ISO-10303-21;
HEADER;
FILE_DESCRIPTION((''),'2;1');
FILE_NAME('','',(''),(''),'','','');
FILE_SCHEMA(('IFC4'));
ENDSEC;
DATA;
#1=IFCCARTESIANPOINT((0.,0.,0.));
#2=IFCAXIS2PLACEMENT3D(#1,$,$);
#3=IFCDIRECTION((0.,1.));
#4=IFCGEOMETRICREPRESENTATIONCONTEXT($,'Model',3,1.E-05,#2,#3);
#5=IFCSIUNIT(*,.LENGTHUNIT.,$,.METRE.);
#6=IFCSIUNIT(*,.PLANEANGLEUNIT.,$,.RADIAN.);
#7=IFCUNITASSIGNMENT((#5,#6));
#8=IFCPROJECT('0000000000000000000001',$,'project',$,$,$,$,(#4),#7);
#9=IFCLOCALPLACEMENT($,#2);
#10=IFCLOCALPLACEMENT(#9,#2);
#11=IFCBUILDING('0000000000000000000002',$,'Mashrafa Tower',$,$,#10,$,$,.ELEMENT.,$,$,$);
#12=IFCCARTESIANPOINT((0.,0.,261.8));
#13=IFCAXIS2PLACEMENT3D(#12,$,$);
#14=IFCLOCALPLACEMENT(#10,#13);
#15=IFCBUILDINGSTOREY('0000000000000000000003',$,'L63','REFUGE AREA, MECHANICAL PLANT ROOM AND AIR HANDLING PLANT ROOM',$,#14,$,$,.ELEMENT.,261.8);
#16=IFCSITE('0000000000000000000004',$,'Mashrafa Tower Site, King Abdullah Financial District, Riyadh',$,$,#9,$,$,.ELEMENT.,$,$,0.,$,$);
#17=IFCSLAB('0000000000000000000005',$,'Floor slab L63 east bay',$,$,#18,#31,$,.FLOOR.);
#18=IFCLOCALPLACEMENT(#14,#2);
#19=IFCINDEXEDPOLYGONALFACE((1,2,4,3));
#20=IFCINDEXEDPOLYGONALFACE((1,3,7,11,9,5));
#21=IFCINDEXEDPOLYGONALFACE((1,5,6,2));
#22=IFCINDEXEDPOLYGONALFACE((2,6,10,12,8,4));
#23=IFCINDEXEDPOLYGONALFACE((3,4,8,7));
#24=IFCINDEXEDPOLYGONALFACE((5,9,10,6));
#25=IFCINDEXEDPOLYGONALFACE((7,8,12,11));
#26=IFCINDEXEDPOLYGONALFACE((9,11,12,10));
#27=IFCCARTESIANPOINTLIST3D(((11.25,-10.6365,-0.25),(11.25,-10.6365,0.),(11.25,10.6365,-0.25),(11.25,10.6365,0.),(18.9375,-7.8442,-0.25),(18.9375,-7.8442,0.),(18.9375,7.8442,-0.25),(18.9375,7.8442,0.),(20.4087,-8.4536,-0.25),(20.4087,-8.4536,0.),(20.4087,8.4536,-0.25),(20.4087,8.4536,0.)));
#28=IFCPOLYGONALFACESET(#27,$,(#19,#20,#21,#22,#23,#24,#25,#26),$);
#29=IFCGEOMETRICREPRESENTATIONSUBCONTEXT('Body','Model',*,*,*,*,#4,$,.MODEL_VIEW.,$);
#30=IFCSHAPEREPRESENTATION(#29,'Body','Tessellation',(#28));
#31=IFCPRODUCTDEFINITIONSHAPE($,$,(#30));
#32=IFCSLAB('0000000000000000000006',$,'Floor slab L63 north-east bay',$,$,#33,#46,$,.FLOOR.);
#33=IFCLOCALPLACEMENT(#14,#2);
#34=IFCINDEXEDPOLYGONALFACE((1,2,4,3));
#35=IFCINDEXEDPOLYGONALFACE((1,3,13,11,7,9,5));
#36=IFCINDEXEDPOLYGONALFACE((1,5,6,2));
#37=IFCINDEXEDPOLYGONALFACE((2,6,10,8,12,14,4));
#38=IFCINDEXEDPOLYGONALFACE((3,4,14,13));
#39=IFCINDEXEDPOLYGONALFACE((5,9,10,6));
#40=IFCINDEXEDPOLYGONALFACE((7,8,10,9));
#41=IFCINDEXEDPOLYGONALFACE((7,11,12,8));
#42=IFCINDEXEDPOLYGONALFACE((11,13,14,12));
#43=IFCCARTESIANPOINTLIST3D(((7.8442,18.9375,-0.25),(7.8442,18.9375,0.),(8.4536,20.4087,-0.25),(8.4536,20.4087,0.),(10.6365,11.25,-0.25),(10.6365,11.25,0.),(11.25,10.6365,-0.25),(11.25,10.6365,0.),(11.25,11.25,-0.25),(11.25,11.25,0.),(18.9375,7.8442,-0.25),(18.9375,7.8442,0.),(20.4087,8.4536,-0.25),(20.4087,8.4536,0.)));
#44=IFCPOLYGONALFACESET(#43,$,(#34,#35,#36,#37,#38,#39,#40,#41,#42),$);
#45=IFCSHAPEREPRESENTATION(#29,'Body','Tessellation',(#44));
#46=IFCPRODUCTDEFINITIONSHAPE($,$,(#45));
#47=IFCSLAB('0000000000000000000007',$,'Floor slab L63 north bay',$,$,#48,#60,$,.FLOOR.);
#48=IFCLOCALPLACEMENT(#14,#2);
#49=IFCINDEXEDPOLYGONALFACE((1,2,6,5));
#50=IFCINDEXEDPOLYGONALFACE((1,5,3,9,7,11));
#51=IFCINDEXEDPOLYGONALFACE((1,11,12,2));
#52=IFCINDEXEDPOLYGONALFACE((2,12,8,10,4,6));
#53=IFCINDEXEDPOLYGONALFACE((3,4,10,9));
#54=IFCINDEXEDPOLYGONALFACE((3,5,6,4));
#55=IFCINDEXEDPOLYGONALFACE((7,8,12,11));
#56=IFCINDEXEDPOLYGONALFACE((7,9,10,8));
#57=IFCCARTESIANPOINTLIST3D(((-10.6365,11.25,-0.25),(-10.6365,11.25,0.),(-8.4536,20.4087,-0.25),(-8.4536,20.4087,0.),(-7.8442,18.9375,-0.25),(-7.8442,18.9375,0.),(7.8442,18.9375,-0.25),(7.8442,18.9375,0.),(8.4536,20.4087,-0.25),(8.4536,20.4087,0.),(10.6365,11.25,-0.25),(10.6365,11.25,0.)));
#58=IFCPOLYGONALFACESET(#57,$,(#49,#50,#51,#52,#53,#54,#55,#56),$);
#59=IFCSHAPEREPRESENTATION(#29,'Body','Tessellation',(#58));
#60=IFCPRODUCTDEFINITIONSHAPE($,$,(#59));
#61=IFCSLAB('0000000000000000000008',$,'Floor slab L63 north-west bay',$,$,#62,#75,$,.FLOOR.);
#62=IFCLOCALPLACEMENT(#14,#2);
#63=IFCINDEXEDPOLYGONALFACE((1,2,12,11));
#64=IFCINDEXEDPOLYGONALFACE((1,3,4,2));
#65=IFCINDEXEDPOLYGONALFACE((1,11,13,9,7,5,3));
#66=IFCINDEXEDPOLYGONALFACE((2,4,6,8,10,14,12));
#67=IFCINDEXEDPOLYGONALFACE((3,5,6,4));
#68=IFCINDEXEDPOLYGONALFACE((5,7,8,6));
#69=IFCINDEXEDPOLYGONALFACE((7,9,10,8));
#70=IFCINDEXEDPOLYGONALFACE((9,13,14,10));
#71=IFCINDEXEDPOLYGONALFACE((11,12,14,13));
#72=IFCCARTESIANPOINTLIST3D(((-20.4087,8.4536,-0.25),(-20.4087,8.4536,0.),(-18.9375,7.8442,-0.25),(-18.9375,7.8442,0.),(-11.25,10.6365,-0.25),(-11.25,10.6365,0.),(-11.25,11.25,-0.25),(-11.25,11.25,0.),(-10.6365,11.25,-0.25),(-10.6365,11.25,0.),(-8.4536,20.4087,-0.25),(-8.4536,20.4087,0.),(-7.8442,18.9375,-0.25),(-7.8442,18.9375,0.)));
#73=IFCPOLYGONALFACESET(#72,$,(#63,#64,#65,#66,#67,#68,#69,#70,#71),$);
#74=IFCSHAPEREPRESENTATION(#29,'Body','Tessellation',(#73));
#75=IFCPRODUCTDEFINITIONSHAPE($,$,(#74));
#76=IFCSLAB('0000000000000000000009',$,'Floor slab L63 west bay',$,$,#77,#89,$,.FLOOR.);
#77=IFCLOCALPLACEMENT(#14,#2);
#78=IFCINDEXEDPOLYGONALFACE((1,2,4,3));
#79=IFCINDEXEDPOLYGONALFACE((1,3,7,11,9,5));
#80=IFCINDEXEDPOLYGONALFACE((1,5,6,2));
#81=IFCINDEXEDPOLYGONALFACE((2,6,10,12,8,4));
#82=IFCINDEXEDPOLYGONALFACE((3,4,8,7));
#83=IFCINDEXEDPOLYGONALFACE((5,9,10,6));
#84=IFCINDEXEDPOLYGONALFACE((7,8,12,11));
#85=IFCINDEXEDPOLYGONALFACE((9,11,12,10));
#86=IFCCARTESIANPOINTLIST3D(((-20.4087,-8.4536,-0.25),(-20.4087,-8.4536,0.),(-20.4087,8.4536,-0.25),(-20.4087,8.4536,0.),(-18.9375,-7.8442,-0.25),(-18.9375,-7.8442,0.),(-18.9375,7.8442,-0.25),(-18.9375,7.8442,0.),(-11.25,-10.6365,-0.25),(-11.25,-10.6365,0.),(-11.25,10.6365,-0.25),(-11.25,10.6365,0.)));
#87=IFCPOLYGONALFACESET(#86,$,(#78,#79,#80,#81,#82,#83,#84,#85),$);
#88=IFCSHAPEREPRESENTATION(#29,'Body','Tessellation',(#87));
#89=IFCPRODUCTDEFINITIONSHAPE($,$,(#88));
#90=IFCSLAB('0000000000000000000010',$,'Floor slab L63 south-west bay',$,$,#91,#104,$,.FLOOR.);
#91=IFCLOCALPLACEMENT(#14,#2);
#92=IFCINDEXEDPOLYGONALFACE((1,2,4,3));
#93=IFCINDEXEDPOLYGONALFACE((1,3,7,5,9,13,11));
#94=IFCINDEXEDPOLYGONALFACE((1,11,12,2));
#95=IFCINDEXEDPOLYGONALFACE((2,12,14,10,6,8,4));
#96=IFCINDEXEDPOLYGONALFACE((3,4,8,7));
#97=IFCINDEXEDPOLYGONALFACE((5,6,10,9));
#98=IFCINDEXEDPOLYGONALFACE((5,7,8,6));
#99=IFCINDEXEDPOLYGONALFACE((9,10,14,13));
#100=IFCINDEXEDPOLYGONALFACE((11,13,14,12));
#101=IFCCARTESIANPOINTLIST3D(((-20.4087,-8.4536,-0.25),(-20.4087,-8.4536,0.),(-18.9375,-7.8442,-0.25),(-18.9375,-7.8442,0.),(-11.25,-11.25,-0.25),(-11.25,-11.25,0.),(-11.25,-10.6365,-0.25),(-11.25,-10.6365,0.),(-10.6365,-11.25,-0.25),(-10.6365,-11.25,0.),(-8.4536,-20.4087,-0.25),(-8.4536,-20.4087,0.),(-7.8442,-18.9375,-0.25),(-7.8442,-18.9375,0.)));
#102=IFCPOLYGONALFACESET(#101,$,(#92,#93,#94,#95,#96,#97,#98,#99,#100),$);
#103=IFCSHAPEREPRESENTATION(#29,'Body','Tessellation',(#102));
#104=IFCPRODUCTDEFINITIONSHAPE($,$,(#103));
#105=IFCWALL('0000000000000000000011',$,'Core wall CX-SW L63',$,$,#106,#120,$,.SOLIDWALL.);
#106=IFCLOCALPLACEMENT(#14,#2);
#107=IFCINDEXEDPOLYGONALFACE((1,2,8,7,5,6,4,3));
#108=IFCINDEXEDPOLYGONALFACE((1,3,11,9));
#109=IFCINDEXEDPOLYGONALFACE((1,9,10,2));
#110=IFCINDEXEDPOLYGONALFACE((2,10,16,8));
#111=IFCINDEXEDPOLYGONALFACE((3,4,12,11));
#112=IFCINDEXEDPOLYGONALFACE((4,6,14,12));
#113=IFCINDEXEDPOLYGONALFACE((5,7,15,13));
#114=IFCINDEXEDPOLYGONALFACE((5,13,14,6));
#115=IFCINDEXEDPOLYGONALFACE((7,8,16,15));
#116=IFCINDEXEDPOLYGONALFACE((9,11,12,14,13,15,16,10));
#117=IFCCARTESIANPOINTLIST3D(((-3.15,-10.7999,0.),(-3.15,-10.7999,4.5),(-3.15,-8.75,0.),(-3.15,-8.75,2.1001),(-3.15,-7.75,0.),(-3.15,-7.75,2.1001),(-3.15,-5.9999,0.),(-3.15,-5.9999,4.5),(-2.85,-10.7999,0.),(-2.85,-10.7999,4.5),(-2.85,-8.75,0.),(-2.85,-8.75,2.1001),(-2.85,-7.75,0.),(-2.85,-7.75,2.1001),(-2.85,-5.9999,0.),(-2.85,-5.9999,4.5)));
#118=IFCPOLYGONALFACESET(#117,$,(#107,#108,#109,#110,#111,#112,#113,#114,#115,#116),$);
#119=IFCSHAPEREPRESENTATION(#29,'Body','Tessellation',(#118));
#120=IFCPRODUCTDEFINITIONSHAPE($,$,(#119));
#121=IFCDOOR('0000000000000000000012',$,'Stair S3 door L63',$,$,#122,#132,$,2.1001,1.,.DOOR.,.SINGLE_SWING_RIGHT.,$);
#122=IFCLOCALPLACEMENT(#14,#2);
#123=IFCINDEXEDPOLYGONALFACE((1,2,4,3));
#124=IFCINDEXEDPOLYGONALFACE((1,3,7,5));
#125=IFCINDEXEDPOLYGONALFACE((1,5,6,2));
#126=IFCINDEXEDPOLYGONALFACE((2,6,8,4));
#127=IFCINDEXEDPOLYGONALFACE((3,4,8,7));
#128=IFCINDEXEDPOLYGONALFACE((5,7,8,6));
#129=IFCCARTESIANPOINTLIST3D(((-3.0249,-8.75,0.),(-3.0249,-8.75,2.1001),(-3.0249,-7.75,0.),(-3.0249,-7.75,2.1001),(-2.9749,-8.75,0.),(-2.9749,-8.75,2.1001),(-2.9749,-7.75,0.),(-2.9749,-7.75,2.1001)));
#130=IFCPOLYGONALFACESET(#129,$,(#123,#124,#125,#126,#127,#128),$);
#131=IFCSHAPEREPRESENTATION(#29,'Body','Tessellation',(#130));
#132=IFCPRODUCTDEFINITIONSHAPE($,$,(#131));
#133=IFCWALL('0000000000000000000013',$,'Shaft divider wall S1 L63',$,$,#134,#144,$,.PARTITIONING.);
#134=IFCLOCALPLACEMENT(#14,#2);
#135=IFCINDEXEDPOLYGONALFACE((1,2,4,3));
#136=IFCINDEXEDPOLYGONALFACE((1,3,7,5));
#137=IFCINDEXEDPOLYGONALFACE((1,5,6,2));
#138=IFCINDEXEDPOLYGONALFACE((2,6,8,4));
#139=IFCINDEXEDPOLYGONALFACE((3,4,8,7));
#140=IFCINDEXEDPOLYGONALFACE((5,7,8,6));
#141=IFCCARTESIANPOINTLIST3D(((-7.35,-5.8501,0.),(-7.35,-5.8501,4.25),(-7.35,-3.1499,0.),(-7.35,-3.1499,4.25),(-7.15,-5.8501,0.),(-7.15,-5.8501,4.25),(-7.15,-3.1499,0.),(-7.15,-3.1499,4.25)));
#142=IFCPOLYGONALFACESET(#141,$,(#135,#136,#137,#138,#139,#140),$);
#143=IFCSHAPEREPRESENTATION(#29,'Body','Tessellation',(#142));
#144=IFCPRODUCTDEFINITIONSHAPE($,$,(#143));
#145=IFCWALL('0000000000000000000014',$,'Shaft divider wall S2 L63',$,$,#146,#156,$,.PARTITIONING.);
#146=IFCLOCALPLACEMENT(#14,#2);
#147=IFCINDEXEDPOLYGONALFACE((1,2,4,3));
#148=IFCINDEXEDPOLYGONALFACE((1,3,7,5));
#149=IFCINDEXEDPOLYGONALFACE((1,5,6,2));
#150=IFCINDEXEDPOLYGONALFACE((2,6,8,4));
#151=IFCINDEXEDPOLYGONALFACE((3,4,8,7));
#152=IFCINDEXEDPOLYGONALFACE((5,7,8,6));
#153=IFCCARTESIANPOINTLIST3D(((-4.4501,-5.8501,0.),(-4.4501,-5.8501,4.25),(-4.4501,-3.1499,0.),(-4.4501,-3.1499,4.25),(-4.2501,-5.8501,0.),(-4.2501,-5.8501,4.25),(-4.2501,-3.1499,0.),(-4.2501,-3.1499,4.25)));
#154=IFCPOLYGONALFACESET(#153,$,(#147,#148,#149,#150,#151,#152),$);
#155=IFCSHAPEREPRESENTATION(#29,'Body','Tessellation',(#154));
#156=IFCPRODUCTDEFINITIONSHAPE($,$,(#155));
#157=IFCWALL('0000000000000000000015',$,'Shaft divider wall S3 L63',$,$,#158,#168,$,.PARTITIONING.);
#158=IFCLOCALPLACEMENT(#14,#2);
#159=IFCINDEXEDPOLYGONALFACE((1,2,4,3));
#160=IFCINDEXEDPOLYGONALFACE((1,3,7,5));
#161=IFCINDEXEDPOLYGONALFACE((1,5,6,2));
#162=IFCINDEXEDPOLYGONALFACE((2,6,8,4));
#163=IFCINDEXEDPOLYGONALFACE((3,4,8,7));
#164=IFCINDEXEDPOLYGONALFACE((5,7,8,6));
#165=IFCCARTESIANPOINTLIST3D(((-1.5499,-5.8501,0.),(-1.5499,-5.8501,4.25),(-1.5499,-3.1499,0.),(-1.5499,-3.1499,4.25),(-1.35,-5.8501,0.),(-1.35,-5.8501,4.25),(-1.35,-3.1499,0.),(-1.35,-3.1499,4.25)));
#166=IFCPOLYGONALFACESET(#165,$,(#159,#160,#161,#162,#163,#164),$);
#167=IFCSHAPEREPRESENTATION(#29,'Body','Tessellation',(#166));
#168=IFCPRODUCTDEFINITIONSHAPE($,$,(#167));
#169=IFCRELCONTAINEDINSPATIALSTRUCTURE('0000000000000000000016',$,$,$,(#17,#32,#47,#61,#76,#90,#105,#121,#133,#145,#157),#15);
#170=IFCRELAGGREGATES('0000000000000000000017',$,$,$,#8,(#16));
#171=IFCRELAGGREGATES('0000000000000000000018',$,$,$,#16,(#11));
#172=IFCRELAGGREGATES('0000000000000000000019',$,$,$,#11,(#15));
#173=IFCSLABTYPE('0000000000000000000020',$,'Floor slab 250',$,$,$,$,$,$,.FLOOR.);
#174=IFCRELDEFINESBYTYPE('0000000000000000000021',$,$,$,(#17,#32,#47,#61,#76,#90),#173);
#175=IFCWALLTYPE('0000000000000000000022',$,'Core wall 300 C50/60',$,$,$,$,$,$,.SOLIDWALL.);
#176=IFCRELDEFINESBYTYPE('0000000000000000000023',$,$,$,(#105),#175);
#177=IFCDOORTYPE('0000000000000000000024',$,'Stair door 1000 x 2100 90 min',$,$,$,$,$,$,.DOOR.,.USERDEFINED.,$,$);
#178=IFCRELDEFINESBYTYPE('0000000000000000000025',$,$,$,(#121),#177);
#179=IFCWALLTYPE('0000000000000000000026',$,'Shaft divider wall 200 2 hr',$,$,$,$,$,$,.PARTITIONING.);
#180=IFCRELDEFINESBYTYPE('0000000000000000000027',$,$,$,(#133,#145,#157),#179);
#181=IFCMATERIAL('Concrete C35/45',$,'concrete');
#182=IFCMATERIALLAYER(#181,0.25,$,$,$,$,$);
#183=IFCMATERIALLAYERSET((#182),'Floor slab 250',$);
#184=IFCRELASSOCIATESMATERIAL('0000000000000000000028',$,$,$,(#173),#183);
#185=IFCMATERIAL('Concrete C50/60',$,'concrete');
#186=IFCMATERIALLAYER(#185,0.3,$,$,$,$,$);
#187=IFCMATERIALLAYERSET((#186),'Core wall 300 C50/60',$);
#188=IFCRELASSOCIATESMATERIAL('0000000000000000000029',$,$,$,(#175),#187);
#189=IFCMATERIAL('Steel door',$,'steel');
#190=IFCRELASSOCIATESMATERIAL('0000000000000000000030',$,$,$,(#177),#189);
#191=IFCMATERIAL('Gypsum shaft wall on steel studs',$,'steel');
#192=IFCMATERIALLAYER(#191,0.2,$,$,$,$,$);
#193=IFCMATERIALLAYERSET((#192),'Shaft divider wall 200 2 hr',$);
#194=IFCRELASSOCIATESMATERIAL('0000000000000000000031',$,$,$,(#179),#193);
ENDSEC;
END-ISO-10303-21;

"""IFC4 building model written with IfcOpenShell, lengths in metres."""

from ifc_helpers import new_model, si_unit, direction, frame, frame_2d, origin, place, context, subcontext, project, spatial, polyline, rectangle, outline, extrude, material, layer, layer_set, type_object, element, fill, save


model = new_model("IFC4")

# Units and contexts
model_context = context("Model", 3, precision=1e-05, world=origin(), true_north=direction((0.0, 1.0)))
body_context = subcontext(model_context, "Body", "Model", "MODEL_VIEW")
ifc_project = project(units=[si_unit("LENGTHUNIT", "METRE"), si_unit("PLANEANGLEUNIT", "RADIAN")], contexts=[model_context])

# Site, building, storey
site_placement = place(None, origin())
site = spatial("IfcSite", under=ifc_project, at=site_placement, Name="Mashrafa Tower Site, King Abdullah Financial District, Riyadh", CompositionType="ELEMENT", RefElevation=0.0)
building_placement = place(site_placement, origin())
building = spatial("IfcBuilding", under=site, at=building_placement, Name="Mashrafa Tower", CompositionType="ELEMENT")
storey_placement = place(building_placement, frame((0.0, 0.0, 261.8)))
storey = spatial("IfcBuildingStorey", under=building, at=storey_placement, Name="L63", Description="REFUGE AREA, MECHANICAL PLANT ROOM AND AIR HANDLING PLANT ROOM", CompositionType="ELEMENT", Elevation=261.8)

# Slabs
ifc_material_1 = material(Name="Concrete C35/45", Category="concrete")
ifc_layer_1 = layer(ifc_material_1, 0.25)
ifc_layer_set_1 = layer_set([ifc_layer_1], Name="Floor slab 250")
slab_type = type_object("IfcSlabType", Name="Floor slab 250", PredefinedType="FLOOR", material=ifc_layer_set_1)
slab_1_placement = place(storey_placement, frame((0.0, 0.0, -0.25)))
element("IfcSlab", 1, at=slab_1_placement, inside=storey, type_object=slab_type, Name="Floor slab L63 east bay", PredefinedType="FLOOR", context=body_context, shape_type="SweptSolid", body=[
    extrude(outline(polyline([(20.4087, -8.4536), (18.9375, -7.8442), (11.25, -10.6365), (11.25, 10.6365), (18.9375, 7.8442), (20.4087, 8.4536), (20.4087, -8.4536)])), origin(), (0.0, 0.0, 1.0), 0.25),
])
slab_2_placement = place(storey_placement, frame((0.0, 0.0, -0.25)))
element("IfcSlab", 2, at=slab_2_placement, inside=storey, type_object=slab_type, Name="Floor slab L63 north-east bay", PredefinedType="FLOOR", context=body_context, shape_type="SweptSolid", body=[
    extrude(outline(polyline([(8.4536, 20.4087), (20.4087, 8.4536), (20.4087, 8.4536), (18.9375, 7.8442), (11.25, 10.6365), (11.25, 11.25), (10.6365, 11.25), (7.8442, 18.9375), (8.4536, 20.4087), (8.4536, 20.4087)])), origin(), (0.0, 0.0, 1.0), 0.25),
])
slab_3_placement = place(storey_placement, frame((0.0, 0.0, -0.25)))
element("IfcSlab", 3, at=slab_3_placement, inside=storey, type_object=slab_type, Name="Floor slab L63 north bay", PredefinedType="FLOOR", context=body_context, shape_type="SweptSolid", body=[
    extrude(outline(polyline([(8.4536, 20.4087), (7.8442, 18.9375), (10.6365, 11.25), (-10.6365, 11.25), (-7.8442, 18.9375), (-8.4536, 20.4087), (8.4536, 20.4087)])), origin(), (0.0, 0.0, 1.0), 0.25),
])
slab_4_placement = place(storey_placement, frame((0.0, 0.0, -0.25)))
element("IfcSlab", 4, at=slab_4_placement, inside=storey, type_object=slab_type, Name="Floor slab L63 north-west bay", PredefinedType="FLOOR", context=body_context, shape_type="SweptSolid", body=[
    extrude(outline(polyline([(-20.4087, 8.4536), (-8.4536, 20.4087), (-8.4536, 20.4087), (-7.8442, 18.9375), (-10.6365, 11.25), (-11.25, 11.25), (-11.25, 10.6365), (-18.9375, 7.8442), (-20.4087, 8.4536), (-20.4087, 8.4536)])), origin(), (0.0, 0.0, 1.0), 0.25),
])
slab_5_placement = place(storey_placement, frame((0.0, 0.0, -0.25)))
element("IfcSlab", 5, at=slab_5_placement, inside=storey, type_object=slab_type, Name="Floor slab L63 west bay", PredefinedType="FLOOR", context=body_context, shape_type="SweptSolid", body=[
    extrude(outline(polyline([(-20.4087, 8.4536), (-18.9375, 7.8442), (-11.25, 10.6365), (-11.25, -10.6365), (-18.9375, -7.8442), (-20.4087, -8.4536), (-20.4087, 8.4536)])), origin(), (0.0, 0.0, 1.0), 0.25),
])
slab_6_placement = place(storey_placement, frame((0.0, 0.0, -0.25)))
element("IfcSlab", 6, at=slab_6_placement, inside=storey, type_object=slab_type, Name="Floor slab L63 south-west bay", PredefinedType="FLOOR", context=body_context, shape_type="SweptSolid", body=[
    extrude(outline(polyline([(-8.4536, -20.4087), (-20.4087, -8.4536), (-20.4087, -8.4536), (-18.9375, -7.8442), (-11.25, -10.6365), (-11.25, -11.25), (-10.6365, -11.25), (-7.8442, -18.9375), (-8.4536, -20.4087), (-8.4536, -20.4087)])), origin(), (0.0, 0.0, 1.0), 0.25),
])

# Wall, opening, door
ifc_material_2 = material(Name="Concrete C50/60", Category="concrete")
ifc_layer_2 = layer(ifc_material_2, 0.3)
ifc_layer_set_2 = layer_set([ifc_layer_2], Name="Core wall 300 C50/60")
wall_type_1 = type_object("IfcWallType", Name="Core wall 300 C50/60", PredefinedType="SOLIDWALL", material=ifc_layer_set_2)
wall_placement = place(storey_placement, frame((-3.0, -6.0, 0.0), z_axis=(0.0, 0.0, 1.0), x_axis=(0.0, -1.0, 0.0)))
wall = element("IfcWall", 7, at=wall_placement, inside=storey, type_object=wall_type_1, Name="Core wall CX-SW L63", PredefinedType="SOLIDWALL", context=body_context, shape_type="SweptSolid", body=[
    extrude(rectangle(XDim=4.8, YDim=0.3, at=frame_2d((2.3999, 0.0))), origin(), (0.0, 0.0, 1.0), 4.5),
])
opening_placement = place(wall_placement, frame((1.75, 0.0, 0.0)))
opening = element("IfcOpeningElement", 8, at=opening_placement, cuts=wall, PredefinedType="OPENING", context=body_context, shape_type="SweptSolid", body=[
    extrude(rectangle(XDim=1.0, YDim=2.1001, at=frame_2d((0.5, 1.05))), frame((0.0, 0.1599, 0.0), z_axis=(0.0, -1.0, 0.0), x_axis=(1.0, 0.0, 0.0)), (0.0, 0.0, 1.0), 0.3201),
])
ifc_material_3 = material(Name="Steel door", Category="steel")
door_type = type_object("IfcDoorType", Name="Stair door 1000 x 2100 90 min", OperationType="USERDEFINED", PredefinedType="DOOR", material=ifc_material_3)
door_placement = place(opening_placement, frame((1.0, 0.0, 0.0), z_axis=(0.0, 0.0, 1.0), x_axis=(-1.0, 0.0, 0.0)))
door = element("IfcDoor", 9, at=door_placement, inside=storey, type_object=door_type, Name="Stair S3 door L63", OperationType="SINGLE_SWING_RIGHT", OverallHeight=2.1001, OverallWidth=1.0, PredefinedType="DOOR", context=body_context, shape_type="SweptSolid", body=[
    extrude(rectangle(XDim=1.0, YDim=2.1001, at=frame_2d((0.5, 1.05))), frame((0.0, 0.0249, 0.0), z_axis=(0.0, -1.0, 0.0), x_axis=(1.0, 0.0, 0.0)), (0.0, 0.0, 1.0), 0.05),
])
fill(opening, door)

# Walls
ifc_material_4 = material(Name="Gypsum shaft wall on steel studs", Category="steel")
ifc_layer_3 = layer(ifc_material_4, 0.2)
ifc_layer_set_3 = layer_set([ifc_layer_3], Name="Shaft divider wall 200 2 hr")
wall_type_2 = type_object("IfcWallType", Name="Shaft divider wall 200 2 hr", PredefinedType="PARTITIONING", material=ifc_layer_set_3)
for number, where, z_axis, x_axis, name in (
    (10, (-7.25, -5.8501, 0.0), (0.0, 0.0, 1.0), (0.0, 1.0, 0.0), "Shaft divider wall S1 L63"),
    (11, (-4.3501, -5.8501, 0.0), (0.0, 0.0, 1.0), (0.0, 1.0, 0.0), "Shaft divider wall S2 L63"),
    (12, (-1.45, -5.8501, 0.0), (0.0, 0.0, 1.0), (0.0, 1.0, 0.0), "Shaft divider wall S3 L63"),
):
    element("IfcWall", number, at=place(storey_placement, frame(where, z_axis=z_axis, x_axis=x_axis)), inside=storey, type_object=wall_type_2, Name=name, PredefinedType="PARTITIONING", context=body_context, shape_type="SweptSolid", body=[
        extrude(rectangle(XDim=2.7002, YDim=0.2, at=frame_2d((1.3501, 0.0))), origin(), (0.0, 0.0, 1.0), 4.25),
    ])

save(model, "model.ifc")
